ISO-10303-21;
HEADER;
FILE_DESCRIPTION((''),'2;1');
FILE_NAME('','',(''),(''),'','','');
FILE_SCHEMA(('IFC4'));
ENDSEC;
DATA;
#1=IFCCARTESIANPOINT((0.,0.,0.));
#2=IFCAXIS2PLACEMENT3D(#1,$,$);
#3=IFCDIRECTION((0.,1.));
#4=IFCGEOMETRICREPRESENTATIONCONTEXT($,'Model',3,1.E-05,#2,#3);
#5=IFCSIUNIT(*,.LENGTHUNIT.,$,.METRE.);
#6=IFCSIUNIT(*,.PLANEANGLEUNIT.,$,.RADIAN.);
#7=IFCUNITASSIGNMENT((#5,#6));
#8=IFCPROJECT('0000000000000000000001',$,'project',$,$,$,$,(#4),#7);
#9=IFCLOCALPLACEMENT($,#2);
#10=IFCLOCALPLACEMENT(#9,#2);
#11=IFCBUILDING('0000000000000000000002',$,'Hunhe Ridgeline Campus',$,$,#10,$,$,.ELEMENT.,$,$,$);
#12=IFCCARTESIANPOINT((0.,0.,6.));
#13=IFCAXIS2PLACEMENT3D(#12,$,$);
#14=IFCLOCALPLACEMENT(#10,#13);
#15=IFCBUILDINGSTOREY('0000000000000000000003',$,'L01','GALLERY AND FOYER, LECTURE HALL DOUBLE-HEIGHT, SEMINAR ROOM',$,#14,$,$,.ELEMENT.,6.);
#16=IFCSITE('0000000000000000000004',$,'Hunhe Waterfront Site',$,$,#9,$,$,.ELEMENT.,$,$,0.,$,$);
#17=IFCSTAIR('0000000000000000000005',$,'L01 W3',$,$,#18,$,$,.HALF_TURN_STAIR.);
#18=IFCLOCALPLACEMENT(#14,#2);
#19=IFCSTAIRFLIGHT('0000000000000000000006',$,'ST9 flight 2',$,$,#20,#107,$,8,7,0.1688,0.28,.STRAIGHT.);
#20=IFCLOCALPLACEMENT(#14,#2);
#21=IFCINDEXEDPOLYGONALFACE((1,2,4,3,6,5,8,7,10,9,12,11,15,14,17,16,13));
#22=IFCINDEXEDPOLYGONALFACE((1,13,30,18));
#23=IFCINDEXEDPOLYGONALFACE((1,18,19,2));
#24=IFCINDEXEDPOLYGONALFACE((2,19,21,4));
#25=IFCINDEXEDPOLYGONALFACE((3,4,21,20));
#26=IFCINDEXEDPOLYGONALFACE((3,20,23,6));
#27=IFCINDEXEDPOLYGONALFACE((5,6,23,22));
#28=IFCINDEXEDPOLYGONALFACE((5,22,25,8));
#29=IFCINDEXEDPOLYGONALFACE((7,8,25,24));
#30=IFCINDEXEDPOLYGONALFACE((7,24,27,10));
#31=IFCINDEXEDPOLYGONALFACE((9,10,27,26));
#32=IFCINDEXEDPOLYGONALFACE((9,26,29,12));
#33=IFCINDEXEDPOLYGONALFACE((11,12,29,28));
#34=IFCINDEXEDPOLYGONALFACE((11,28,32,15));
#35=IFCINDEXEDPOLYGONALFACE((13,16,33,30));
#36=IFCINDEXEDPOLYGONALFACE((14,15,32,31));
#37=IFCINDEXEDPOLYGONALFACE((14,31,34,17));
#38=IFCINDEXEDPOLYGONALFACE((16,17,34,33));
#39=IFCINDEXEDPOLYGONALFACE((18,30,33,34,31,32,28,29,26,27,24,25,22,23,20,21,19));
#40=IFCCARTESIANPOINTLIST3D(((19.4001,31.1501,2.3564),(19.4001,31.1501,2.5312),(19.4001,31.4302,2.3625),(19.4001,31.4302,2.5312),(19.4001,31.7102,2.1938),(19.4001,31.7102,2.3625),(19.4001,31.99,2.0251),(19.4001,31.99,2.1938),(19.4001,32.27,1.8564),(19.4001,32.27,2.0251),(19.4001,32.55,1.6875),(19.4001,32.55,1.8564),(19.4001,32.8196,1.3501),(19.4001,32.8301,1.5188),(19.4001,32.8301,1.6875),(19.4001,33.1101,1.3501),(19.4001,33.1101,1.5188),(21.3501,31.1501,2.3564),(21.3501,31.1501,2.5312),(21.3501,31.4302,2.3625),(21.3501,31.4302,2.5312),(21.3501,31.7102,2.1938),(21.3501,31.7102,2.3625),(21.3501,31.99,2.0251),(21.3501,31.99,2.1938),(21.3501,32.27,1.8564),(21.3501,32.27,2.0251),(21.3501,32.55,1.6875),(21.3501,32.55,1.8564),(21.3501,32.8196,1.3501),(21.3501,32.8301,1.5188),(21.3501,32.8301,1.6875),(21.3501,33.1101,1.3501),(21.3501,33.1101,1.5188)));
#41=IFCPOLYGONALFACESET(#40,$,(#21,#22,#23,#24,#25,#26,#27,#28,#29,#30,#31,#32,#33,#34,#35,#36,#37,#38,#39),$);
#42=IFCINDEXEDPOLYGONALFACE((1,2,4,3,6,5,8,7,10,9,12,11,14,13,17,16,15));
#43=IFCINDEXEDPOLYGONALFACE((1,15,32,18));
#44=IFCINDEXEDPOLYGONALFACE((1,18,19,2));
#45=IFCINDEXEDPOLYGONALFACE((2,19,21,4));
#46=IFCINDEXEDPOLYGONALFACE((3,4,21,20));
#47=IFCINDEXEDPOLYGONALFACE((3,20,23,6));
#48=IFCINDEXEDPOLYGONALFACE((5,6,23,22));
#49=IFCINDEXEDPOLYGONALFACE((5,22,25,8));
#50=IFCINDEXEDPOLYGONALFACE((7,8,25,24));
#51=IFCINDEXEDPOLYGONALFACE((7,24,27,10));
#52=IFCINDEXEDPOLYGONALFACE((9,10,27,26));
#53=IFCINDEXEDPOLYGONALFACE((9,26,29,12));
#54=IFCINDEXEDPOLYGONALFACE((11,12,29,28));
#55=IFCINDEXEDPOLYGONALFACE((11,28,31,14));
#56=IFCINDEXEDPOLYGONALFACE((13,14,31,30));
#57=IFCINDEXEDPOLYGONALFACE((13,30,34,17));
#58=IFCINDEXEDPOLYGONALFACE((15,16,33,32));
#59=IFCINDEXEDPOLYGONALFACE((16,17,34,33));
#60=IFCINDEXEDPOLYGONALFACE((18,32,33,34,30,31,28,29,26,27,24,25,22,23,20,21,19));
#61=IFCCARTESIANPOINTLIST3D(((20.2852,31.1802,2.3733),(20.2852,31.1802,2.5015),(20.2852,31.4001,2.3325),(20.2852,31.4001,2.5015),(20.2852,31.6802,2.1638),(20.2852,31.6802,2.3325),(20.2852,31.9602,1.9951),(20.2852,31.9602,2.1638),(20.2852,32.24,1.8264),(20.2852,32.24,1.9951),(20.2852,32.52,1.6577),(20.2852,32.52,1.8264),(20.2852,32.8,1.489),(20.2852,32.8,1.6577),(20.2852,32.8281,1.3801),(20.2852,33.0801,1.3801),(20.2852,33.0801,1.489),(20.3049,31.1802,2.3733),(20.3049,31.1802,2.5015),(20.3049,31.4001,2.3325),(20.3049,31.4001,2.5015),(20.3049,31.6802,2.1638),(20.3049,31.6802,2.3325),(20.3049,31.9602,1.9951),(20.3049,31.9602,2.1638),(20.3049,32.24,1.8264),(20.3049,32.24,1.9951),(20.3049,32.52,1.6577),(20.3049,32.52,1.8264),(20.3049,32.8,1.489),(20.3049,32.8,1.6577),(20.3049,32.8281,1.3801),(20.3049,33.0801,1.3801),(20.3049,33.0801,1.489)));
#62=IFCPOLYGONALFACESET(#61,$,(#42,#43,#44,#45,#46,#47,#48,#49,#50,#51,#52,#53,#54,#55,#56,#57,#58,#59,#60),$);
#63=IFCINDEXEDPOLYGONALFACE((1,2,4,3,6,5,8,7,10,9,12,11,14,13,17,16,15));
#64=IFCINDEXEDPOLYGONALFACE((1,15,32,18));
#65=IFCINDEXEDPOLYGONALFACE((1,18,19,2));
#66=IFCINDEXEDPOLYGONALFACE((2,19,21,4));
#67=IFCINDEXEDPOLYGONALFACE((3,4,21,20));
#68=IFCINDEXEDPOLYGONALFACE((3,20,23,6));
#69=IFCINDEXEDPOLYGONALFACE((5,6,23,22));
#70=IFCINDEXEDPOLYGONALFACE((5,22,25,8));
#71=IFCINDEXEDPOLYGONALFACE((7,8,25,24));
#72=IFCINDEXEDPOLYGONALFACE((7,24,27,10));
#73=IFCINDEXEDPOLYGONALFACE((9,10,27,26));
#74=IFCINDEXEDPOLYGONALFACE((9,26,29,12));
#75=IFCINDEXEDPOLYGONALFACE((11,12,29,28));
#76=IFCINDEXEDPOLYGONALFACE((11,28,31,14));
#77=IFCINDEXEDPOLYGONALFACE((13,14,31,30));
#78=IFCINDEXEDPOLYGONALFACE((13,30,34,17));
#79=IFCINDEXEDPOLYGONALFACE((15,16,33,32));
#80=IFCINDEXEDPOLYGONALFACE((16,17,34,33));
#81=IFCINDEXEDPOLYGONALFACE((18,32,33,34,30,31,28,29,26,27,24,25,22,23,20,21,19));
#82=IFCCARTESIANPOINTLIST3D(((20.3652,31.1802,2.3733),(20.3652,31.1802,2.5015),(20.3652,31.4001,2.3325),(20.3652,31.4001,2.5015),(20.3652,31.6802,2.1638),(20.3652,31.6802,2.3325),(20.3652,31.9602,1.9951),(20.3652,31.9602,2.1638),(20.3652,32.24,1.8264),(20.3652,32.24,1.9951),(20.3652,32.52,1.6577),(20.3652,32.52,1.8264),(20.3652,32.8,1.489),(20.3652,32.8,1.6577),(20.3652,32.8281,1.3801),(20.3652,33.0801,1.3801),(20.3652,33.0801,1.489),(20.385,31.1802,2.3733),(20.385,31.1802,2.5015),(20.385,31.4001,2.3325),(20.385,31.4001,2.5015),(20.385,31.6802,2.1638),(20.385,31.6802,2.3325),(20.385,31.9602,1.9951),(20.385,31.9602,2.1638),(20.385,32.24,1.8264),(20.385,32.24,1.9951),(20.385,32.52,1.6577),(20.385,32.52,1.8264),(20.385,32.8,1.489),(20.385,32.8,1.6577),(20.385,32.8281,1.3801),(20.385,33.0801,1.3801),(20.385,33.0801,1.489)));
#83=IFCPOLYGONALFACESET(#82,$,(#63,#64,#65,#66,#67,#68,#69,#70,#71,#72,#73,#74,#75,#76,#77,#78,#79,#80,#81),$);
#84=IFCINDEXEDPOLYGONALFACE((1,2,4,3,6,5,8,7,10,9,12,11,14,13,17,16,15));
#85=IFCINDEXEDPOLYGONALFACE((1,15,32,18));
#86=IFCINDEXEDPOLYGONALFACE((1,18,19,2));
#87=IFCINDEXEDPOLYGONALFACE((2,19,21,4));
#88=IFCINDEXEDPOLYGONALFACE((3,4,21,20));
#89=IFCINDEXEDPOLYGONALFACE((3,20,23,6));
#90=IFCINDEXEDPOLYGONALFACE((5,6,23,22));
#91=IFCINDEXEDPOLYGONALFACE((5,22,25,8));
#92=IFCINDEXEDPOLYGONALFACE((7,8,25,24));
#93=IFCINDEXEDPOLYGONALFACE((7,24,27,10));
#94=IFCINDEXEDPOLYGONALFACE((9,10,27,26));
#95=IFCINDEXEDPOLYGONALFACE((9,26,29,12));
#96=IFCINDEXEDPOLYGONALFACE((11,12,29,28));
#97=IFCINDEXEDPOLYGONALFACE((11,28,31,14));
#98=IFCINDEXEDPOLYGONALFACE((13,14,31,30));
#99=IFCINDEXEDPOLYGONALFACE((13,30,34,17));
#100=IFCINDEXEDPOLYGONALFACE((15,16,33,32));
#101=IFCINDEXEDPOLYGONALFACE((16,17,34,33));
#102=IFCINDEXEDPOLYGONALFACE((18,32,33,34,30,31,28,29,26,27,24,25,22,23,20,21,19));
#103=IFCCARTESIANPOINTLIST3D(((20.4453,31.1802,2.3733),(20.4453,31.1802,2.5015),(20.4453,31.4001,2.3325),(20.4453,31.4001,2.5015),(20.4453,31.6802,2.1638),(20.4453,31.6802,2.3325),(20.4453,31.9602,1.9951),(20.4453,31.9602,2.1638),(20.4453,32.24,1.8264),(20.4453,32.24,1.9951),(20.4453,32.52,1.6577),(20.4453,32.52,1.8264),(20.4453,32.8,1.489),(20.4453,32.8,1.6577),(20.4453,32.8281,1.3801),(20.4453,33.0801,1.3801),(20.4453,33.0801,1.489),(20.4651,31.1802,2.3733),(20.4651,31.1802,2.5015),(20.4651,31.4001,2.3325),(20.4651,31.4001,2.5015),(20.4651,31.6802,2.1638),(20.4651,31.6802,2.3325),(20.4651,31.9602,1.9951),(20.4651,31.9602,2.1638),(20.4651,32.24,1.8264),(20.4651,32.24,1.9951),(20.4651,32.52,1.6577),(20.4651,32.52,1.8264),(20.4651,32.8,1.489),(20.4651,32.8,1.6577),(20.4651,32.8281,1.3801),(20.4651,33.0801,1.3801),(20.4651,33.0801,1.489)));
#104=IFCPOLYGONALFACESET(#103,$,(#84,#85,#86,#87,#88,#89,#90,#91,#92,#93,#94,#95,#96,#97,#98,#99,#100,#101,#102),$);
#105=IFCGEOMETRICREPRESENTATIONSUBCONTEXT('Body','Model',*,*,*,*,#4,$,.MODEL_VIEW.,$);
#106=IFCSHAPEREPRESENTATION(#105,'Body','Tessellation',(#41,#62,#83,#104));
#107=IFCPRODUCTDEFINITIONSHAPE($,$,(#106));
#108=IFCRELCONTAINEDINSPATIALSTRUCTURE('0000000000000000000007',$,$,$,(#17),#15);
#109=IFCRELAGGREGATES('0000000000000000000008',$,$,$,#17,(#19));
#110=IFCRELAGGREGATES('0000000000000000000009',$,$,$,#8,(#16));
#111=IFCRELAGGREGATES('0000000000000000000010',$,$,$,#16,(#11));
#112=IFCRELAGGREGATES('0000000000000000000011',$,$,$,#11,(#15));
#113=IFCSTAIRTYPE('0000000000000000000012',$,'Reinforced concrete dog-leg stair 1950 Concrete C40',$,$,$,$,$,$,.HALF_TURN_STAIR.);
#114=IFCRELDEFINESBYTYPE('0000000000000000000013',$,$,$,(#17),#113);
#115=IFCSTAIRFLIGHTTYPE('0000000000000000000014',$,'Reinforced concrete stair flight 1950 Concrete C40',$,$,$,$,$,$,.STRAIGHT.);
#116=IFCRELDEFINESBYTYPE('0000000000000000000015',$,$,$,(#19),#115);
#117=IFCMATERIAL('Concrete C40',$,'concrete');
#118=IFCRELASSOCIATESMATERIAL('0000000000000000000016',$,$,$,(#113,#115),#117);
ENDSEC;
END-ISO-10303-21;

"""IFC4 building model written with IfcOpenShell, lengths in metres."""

from ifc_helpers import new_model, si_unit, direction, frame, origin, place, context, subcontext, project, spatial, polyline, outline, extrude, material, type_object, element, aggregate, save


model = new_model("IFC4")

# Units and contexts
model_context = context("Model", 3, precision=1e-05, world=origin(), true_north=direction((0.0, 1.0)))
body_context = subcontext(model_context, "Body", "Model", "MODEL_VIEW")
ifc_project = project(units=[si_unit("LENGTHUNIT", "METRE"), si_unit("PLANEANGLEUNIT", "RADIAN")], contexts=[model_context])

# Site, building, storey
site_placement = place(None, origin())
site = spatial("IfcSite", under=ifc_project, at=site_placement, Name="Hunhe Waterfront Site", CompositionType="ELEMENT", RefElevation=0.0)
building_placement = place(site_placement, origin())
building = spatial("IfcBuilding", under=site, at=building_placement, Name="Hunhe Ridgeline Campus", CompositionType="ELEMENT")
storey_placement = place(building_placement, frame((0.0, 0.0, 6.0)))
storey = spatial("IfcBuildingStorey", under=building, at=storey_placement, Name="L01", Description="GALLERY AND FOYER, LECTURE HALL DOUBLE-HEIGHT, SEMINAR ROOM", CompositionType="ELEMENT", Elevation=6.0)

# Stair, stair flight
ifc_material_1 = material(Name="Concrete C40", Category="concrete")
stair_type = type_object("IfcStairType", Name="Reinforced concrete dog-leg stair 1950 Concrete C40", PredefinedType="HALF_TURN_STAIR", material=ifc_material_1)
stair_1_placement = place(storey_placement, origin())
stair_1 = element("IfcStair", 1, at=stair_1_placement, inside=storey, type_object=stair_type, Name="L01 W3", PredefinedType="HALF_TURN_STAIR")
stair_flight_type = type_object("IfcStairFlightType", Name="Reinforced concrete stair flight 1950 Concrete C40", PredefinedType="STRAIGHT", material=ifc_material_1)
stair_flight_1_placement = place(storey_placement, frame((20.375, 33.1101, 1.3501), z_axis=(0.0, 0.0, 1.0), x_axis=(0.0, -1.0, 0.0)))
stair_flight_1 = element("IfcStairFlight", 2, at=stair_flight_1_placement, type_object=stair_flight_type, Name="ST9 flight 2", NumberOfRisers=8, NumberOfTreads=7, PredefinedType="STRAIGHT", RiserHeight=0.1688, TreadLength=0.28, context=body_context, shape_type="SweptSolid", body=[
    extrude(outline(polyline([(0.0, 0.0), (0.0, 0.1687), (0.28, 0.1687), (0.28, 0.3374), (0.5601, 0.3374), (0.5601, 0.5063), (0.8401, 0.5063), (0.8401, 0.675), (1.1201, 0.675), (1.1201, 0.8438), (1.3999, 0.8438), (1.3999, 1.0125), (1.6799, 1.0125), (1.6799, 1.1812), (1.96, 1.1812), (1.96, 1.3501), (1.96, 1.0063), (0.2905, 0.0), (0.0, 0.0)])), frame((0.0, 0.9751, 0.0), z_axis=(0.0, -1.0, 0.0), x_axis=(1.0, 0.0, 0.0)), (0.0, 0.0, 1.0), 1.95),
    extrude(outline(polyline([(0.03, 0.03), (0.03, 0.1389), (0.3101, 0.1389), (0.3101, 0.3076), (0.5901, 0.3076), (0.5901, 0.4763), (0.8701, 0.4763), (0.8701, 0.645), (1.1499, 0.645), (1.1499, 0.8137), (1.4299, 0.8137), (1.4299, 0.9824), (1.71, 0.9824), (1.71, 1.1514), (1.9299, 1.1514), (1.9299, 1.0232), (0.282, 0.03), (0.03, 0.03)])), frame((0.0, -0.0701, 0.0), z_axis=(0.0, -1.0, 0.0), x_axis=(1.0, 0.0, 0.0)), (0.0, 0.0, 1.0), 0.0198),
    extrude(outline(polyline([(0.03, 0.03), (0.03, 0.1389), (0.3101, 0.1389), (0.3101, 0.3076), (0.5901, 0.3076), (0.5901, 0.4763), (0.8701, 0.4763), (0.8701, 0.645), (1.1499, 0.645), (1.1499, 0.8137), (1.4299, 0.8137), (1.4299, 0.9824), (1.71, 0.9824), (1.71, 1.1514), (1.9299, 1.1514), (1.9299, 1.0232), (0.282, 0.03), (0.03, 0.03)])), frame((0.0, 0.01, 0.0), z_axis=(0.0, -1.0, 0.0), x_axis=(1.0, 0.0, 0.0)), (0.0, 0.0, 1.0), 0.0198),
    extrude(outline(polyline([(0.03, 0.03), (0.03, 0.1389), (0.3101, 0.1389), (0.3101, 0.3076), (0.5901, 0.3076), (0.5901, 0.4763), (0.8701, 0.4763), (0.8701, 0.645), (1.1499, 0.645), (1.1499, 0.8137), (1.4299, 0.8137), (1.4299, 0.9824), (1.71, 0.9824), (1.71, 1.1514), (1.9299, 1.1514), (1.9299, 1.0232), (0.282, 0.03), (0.03, 0.03)])), frame((0.0, 0.0901, 0.0), z_axis=(0.0, -1.0, 0.0), x_axis=(1.0, 0.0, 0.0)), (0.0, 0.0, 1.0), 0.0198),
])
aggregate(stair_1, [stair_flight_1])

save(model, "model.ifc")
